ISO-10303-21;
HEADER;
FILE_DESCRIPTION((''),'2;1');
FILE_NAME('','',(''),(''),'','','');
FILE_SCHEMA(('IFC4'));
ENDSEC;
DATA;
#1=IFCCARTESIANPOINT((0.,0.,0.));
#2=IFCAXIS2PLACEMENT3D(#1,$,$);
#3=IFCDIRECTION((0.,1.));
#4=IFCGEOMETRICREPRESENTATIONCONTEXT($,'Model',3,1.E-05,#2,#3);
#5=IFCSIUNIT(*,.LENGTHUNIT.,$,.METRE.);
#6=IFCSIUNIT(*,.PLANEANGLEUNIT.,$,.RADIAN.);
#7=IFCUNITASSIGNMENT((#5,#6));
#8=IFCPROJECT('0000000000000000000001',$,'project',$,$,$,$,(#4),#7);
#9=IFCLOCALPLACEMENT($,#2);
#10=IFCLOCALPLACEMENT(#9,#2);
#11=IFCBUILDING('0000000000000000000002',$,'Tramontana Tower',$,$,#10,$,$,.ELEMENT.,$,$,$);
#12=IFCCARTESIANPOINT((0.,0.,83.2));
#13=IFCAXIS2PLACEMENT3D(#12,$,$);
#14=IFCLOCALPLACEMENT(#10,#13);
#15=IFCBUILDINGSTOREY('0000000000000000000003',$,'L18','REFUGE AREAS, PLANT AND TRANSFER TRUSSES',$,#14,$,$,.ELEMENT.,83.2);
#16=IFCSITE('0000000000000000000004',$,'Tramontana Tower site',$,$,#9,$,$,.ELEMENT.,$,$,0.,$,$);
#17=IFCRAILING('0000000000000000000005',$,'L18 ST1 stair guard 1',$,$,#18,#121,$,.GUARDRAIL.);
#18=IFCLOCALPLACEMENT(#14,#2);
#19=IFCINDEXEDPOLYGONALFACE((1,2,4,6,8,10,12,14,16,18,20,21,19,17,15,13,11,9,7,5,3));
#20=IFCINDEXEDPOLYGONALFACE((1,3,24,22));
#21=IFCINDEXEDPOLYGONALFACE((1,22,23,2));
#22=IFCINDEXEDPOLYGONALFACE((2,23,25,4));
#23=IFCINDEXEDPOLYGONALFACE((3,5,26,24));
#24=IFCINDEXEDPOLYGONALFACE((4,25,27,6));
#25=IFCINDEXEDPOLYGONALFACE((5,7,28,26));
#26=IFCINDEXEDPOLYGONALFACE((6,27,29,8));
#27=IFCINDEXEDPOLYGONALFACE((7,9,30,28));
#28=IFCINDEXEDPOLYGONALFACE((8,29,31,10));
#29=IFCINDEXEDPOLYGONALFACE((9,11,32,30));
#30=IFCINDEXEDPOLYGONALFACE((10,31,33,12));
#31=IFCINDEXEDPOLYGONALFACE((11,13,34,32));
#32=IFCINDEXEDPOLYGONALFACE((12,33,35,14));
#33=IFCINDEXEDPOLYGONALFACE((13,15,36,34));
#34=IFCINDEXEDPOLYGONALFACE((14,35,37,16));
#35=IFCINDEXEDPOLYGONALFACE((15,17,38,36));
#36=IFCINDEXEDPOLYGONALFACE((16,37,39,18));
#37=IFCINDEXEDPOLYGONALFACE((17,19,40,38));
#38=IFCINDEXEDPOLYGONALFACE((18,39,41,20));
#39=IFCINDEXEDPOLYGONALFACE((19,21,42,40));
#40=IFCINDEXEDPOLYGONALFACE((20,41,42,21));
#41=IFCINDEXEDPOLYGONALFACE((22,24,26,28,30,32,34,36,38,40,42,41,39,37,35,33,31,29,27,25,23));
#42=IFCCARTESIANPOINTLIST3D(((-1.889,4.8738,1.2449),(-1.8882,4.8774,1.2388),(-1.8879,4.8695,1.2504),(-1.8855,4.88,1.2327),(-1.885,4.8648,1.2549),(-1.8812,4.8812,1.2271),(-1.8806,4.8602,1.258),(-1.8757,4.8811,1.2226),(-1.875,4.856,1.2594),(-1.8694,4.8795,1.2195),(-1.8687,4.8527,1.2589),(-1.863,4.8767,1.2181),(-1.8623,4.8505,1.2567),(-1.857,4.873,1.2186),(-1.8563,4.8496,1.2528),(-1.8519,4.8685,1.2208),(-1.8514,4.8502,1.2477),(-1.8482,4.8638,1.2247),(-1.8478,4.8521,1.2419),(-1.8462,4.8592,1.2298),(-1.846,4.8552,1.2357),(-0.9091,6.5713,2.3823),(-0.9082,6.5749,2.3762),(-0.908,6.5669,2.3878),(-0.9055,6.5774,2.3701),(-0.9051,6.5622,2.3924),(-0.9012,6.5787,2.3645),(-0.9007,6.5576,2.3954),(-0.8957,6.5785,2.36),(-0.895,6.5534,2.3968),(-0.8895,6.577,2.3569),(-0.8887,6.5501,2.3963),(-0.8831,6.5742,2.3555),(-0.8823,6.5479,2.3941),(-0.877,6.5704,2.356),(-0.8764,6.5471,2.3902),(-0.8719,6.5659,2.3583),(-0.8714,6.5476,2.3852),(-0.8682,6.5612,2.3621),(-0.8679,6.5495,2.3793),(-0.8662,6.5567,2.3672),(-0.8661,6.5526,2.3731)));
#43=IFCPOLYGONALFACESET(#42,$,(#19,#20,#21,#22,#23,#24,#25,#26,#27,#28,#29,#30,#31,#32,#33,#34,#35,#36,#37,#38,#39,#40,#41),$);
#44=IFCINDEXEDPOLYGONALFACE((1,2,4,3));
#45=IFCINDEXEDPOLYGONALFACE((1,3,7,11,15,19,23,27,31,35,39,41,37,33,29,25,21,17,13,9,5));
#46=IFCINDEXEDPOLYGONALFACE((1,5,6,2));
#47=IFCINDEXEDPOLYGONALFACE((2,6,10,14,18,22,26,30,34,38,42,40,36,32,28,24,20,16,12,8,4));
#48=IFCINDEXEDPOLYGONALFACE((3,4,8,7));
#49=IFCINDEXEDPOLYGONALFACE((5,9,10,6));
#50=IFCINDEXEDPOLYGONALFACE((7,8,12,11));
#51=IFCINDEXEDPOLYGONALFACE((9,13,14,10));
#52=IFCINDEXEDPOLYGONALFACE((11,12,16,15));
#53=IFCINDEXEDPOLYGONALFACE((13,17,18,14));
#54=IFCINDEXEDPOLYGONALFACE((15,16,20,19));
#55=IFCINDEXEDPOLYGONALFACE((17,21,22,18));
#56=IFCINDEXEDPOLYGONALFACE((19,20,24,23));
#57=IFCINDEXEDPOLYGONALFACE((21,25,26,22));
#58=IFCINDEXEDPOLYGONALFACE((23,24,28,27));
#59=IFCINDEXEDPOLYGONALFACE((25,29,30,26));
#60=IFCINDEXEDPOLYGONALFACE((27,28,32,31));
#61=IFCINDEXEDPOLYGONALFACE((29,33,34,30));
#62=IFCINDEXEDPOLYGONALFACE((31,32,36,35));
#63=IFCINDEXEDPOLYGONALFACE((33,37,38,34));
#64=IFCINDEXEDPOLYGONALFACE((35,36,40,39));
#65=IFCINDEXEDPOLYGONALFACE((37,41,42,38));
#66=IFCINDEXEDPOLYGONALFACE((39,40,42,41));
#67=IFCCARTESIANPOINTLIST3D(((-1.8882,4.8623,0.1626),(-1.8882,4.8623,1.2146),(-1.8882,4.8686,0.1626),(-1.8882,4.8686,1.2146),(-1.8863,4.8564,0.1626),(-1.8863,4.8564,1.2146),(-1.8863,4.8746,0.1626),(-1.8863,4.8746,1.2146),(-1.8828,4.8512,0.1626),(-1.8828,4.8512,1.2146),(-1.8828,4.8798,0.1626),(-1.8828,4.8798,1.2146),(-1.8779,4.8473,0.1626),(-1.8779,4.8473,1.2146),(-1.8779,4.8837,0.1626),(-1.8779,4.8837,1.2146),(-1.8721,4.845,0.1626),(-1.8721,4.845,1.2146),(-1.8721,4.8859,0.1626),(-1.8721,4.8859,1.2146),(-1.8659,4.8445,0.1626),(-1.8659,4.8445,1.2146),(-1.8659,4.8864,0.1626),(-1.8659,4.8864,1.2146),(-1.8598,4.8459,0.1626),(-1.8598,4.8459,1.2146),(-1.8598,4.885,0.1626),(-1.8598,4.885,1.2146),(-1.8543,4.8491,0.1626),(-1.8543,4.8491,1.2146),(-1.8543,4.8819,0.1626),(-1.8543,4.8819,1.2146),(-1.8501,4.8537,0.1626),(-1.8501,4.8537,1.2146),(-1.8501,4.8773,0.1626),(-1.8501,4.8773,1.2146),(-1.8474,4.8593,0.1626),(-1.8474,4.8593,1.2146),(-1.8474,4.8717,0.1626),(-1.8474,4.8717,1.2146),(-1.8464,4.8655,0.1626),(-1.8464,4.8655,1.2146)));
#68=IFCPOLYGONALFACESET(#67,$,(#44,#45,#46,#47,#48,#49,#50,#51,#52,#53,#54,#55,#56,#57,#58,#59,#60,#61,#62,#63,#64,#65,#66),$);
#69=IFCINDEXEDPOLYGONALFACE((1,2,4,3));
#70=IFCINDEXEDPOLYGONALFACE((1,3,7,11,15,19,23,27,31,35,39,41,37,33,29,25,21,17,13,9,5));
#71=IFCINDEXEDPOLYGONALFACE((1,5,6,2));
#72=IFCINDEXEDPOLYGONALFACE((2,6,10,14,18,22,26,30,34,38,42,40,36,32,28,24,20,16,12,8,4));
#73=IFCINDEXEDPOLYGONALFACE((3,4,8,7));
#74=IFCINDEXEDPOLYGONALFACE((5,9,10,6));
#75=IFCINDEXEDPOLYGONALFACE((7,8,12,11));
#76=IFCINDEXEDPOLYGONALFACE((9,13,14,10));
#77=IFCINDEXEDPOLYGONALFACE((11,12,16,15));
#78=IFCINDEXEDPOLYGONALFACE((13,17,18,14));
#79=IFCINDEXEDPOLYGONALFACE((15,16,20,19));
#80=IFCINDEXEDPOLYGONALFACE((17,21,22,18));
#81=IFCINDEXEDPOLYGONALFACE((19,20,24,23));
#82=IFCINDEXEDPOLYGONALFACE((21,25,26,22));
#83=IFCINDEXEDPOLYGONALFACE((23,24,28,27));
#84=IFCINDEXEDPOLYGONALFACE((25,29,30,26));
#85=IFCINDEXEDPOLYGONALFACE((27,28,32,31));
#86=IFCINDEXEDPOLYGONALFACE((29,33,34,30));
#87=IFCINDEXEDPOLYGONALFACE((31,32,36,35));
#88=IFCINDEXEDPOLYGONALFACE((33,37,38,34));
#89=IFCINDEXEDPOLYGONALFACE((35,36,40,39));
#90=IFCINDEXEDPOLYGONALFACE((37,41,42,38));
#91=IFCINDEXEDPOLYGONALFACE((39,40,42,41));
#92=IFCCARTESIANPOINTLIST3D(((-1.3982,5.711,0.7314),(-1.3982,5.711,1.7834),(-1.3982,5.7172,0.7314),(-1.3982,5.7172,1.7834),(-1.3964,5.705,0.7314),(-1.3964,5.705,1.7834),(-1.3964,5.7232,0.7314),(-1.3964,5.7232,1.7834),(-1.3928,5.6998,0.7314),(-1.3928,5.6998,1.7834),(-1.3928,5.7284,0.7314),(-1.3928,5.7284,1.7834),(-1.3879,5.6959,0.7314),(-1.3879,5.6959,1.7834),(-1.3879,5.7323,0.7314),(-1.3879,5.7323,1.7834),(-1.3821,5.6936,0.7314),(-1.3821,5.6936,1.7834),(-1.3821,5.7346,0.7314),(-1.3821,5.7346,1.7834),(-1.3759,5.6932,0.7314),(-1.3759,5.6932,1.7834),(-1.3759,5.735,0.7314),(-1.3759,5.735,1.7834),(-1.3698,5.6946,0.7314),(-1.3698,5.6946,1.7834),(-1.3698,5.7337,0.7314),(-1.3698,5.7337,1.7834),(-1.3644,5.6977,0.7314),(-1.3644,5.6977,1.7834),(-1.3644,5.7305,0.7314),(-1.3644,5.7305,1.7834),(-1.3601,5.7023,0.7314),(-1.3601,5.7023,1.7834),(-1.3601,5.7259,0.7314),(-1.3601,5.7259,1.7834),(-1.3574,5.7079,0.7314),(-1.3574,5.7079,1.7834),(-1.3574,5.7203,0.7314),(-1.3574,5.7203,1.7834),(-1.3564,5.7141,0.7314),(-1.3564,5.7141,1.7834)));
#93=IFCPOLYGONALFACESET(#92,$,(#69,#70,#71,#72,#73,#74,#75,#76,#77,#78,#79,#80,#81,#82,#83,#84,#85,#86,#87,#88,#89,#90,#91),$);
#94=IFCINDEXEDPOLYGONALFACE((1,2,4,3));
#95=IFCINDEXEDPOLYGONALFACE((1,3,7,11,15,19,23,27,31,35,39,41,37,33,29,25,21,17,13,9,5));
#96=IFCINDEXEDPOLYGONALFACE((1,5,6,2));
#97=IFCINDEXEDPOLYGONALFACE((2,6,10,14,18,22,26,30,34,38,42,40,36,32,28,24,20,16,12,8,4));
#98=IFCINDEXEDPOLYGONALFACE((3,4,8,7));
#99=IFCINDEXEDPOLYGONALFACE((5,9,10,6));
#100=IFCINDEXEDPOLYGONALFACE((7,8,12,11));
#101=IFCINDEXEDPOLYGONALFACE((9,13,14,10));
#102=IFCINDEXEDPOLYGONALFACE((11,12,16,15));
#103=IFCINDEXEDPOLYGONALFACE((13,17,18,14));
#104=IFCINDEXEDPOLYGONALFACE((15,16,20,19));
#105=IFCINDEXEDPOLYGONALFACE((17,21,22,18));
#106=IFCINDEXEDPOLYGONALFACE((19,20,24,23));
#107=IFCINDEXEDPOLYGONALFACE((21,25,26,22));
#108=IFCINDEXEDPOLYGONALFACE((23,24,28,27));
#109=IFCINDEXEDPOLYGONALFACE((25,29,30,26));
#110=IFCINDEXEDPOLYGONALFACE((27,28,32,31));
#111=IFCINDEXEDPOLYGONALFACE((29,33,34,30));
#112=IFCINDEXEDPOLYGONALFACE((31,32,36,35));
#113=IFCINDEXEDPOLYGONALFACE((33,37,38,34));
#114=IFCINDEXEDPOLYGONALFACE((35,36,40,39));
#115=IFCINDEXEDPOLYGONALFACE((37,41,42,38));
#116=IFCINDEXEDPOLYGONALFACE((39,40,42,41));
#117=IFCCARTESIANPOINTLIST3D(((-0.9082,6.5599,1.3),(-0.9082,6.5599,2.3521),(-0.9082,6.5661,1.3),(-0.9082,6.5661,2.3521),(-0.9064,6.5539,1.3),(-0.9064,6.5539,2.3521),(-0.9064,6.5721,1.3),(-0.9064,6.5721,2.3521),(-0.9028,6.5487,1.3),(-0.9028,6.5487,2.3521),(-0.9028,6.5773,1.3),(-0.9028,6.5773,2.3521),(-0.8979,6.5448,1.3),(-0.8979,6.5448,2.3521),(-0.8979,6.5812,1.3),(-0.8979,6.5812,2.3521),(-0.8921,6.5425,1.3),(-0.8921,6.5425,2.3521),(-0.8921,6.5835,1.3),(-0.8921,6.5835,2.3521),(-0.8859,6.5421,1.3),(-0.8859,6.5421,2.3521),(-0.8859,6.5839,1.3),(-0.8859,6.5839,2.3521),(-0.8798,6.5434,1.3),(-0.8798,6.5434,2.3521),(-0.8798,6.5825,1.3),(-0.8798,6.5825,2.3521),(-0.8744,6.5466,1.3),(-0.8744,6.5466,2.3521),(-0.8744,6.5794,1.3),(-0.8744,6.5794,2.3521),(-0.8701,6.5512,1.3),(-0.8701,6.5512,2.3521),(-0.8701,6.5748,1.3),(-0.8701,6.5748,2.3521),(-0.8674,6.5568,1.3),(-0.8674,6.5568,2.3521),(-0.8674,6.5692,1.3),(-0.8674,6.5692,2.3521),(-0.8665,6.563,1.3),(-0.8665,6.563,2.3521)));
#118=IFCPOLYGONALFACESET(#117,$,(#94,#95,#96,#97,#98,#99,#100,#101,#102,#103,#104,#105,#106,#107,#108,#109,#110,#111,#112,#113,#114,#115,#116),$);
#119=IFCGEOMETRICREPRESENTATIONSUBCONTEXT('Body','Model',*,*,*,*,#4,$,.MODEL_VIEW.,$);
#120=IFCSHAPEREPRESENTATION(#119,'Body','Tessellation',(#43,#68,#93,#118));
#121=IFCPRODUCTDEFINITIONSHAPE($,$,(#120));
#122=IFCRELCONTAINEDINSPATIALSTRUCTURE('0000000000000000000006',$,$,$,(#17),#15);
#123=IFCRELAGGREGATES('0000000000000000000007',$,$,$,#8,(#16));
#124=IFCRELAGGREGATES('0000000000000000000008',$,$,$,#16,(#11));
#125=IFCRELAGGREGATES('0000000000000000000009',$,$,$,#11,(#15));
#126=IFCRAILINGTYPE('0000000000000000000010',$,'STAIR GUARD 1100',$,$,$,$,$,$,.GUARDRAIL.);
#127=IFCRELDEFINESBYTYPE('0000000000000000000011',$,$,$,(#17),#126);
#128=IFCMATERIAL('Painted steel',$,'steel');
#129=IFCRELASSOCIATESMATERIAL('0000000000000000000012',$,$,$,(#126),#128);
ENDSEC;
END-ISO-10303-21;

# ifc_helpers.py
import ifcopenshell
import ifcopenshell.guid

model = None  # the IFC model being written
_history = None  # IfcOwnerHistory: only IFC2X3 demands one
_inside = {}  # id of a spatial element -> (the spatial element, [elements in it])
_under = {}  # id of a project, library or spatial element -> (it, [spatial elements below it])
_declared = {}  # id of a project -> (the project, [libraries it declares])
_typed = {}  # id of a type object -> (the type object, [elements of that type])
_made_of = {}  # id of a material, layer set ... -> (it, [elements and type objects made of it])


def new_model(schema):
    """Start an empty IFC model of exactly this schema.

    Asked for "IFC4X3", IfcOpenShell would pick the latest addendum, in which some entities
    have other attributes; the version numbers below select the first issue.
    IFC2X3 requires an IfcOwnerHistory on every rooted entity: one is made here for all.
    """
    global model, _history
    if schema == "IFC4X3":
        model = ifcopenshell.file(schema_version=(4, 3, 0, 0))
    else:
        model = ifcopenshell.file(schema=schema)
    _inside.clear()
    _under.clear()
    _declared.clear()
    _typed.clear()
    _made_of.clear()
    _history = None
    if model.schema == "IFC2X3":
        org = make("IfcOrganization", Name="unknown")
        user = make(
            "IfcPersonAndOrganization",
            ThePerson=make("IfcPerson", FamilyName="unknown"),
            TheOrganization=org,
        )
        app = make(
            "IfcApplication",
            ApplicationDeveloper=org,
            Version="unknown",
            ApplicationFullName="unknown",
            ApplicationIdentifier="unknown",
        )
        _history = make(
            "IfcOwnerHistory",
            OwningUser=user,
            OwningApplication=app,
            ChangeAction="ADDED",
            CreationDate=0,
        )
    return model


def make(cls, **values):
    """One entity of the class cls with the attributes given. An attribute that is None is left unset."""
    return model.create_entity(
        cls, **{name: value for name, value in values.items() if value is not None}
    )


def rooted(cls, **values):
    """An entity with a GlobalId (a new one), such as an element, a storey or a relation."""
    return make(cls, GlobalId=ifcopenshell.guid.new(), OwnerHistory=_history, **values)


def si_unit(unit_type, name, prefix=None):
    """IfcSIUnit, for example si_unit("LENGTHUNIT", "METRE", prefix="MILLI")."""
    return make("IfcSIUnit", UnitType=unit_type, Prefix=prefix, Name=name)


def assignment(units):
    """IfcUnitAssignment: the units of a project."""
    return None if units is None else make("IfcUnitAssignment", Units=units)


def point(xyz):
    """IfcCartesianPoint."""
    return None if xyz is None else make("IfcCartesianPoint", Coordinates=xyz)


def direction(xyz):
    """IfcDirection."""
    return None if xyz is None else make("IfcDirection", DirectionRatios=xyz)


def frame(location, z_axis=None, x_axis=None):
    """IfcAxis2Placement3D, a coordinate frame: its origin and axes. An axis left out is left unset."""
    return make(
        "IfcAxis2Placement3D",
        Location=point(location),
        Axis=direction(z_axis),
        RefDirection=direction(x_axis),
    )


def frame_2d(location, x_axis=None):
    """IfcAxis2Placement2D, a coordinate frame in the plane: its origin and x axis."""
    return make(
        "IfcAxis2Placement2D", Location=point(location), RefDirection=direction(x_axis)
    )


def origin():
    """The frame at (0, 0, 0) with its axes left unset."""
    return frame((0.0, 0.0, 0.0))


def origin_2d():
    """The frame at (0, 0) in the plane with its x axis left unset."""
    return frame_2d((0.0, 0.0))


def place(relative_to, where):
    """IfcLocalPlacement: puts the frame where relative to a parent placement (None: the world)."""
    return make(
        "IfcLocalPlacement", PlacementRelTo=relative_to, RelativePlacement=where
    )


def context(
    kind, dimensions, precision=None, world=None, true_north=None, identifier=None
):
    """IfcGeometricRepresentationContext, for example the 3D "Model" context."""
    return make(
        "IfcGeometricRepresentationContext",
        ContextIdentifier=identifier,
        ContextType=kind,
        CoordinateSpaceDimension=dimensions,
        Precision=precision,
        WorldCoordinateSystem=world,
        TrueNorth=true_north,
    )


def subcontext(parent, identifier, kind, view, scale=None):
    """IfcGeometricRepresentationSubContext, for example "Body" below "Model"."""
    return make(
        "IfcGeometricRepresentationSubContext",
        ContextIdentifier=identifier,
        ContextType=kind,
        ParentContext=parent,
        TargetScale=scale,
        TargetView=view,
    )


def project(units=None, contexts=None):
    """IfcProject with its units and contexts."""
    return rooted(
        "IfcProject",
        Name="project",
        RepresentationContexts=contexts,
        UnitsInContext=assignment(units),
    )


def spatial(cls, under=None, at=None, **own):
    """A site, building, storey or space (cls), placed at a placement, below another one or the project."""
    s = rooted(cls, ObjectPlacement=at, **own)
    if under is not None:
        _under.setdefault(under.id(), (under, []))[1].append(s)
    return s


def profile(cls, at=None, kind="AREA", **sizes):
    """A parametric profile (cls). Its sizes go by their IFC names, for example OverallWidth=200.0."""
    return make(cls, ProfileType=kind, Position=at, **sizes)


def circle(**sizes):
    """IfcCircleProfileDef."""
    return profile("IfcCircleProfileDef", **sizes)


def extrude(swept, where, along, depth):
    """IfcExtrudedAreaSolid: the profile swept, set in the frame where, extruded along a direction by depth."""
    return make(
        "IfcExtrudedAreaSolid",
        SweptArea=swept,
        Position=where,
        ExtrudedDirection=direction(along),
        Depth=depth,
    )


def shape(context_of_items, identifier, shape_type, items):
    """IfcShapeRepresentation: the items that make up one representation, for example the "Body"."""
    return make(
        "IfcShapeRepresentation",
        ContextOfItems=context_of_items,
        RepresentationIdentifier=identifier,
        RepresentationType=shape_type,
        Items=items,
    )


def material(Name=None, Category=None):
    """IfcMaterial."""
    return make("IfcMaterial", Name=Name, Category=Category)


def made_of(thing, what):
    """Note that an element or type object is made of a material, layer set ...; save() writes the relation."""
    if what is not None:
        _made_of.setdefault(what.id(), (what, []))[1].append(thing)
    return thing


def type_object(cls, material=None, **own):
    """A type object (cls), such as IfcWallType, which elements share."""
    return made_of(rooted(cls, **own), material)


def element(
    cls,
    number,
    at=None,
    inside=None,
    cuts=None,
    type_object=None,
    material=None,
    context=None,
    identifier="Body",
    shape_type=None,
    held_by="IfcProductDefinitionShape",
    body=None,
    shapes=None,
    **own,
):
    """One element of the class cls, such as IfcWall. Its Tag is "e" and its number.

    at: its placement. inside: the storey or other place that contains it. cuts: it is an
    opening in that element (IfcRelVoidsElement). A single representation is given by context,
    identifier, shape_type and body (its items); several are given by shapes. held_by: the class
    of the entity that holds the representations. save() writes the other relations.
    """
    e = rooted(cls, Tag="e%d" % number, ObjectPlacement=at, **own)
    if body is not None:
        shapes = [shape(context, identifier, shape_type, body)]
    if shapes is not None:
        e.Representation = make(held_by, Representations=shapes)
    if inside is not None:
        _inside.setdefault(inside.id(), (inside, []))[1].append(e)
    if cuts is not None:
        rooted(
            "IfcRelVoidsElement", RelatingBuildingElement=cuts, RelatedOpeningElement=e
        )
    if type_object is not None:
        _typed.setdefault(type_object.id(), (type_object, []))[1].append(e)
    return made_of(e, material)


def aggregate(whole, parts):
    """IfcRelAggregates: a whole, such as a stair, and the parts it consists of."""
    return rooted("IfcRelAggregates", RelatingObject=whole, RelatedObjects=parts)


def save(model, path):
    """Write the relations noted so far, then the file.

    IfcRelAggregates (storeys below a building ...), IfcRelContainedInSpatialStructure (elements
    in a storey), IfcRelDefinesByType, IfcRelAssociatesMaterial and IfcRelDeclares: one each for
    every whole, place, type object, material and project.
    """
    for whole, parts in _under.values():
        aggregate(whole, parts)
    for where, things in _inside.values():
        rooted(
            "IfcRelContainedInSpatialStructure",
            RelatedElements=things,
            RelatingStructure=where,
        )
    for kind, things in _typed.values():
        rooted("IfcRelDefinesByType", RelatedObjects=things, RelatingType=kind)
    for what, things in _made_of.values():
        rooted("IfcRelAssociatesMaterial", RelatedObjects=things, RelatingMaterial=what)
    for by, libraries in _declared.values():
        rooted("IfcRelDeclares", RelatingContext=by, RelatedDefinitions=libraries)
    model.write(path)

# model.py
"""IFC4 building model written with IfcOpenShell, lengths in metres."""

from ifc_helpers import new_model, si_unit, direction, frame, origin, origin_2d, place, context, subcontext, project, spatial, circle, extrude, material, type_object, element, save


model = new_model("IFC4")

# Units and contexts
model_context = context("Model", 3, precision=1e-05, world=origin(), true_north=direction((0.0, 1.0)))
body_context = subcontext(model_context, "Body", "Model", "MODEL_VIEW")
ifc_project = project(units=[si_unit("LENGTHUNIT", "METRE"), si_unit("PLANEANGLEUNIT", "RADIAN")], contexts=[model_context])

# Site, building, storey
site_placement = place(None, origin())
site = spatial("IfcSite", under=ifc_project, at=site_placement, Name="Tramontana Tower site", CompositionType="ELEMENT", RefElevation=0.0)
building_placement = place(site_placement, origin())
building = spatial("IfcBuilding", under=site, at=building_placement, Name="Tramontana Tower", CompositionType="ELEMENT")
storey_placement = place(building_placement, frame((0.0, 0.0, 83.2)))
storey = spatial("IfcBuildingStorey", under=building, at=storey_placement, Name="L18", Description="REFUGE AREAS, PLANT AND TRANSFER TRUSSES", CompositionType="ELEMENT", Elevation=83.2)

# Railing
ifc_material_1 = material(Name="Painted steel", Category="steel")
railing_type_1 = type_object("IfcRailingType", Name="STAIR GUARD 1100", PredefinedType="GUARDRAIL", material=ifc_material_1)
railing_1_placement = place(storey_placement, frame((-1.8674, 4.8655, 0.1626)))
element("IfcRailing", 1, at=railing_1_placement, inside=storey, type_object=railing_type_1, Name="L18 ST1 stair guard 1", PredefinedType="GUARDRAIL", context=body_context, shape_type="SweptSolid", body=[
    extrude(circle(Radius=0.0239, at=origin_2d()), frame((0.0, 0.0, 1.0762), z_axis=(0.432432, 0.749053, 0.501918), x_axis=(-0.866042, 0.49997, 0.0)), (0.0, 0.0, 1.0), 2.2661),
    extrude(circle(Radius=0.021, at=origin_2d()), origin(), (0.0, 0.0, 1.0), 1.052),
    extrude(circle(Radius=0.021, at=origin_2d()), frame((0.49, 0.8486, 0.5688)), (0.0, 0.0, 1.0), 1.052),
    extrude(circle(Radius=0.021, at=origin_2d()), frame((0.98, 1.6975, 1.1375)), (0.0, 0.0, 1.0), 1.052),
])

save(model, "model.ifc")
